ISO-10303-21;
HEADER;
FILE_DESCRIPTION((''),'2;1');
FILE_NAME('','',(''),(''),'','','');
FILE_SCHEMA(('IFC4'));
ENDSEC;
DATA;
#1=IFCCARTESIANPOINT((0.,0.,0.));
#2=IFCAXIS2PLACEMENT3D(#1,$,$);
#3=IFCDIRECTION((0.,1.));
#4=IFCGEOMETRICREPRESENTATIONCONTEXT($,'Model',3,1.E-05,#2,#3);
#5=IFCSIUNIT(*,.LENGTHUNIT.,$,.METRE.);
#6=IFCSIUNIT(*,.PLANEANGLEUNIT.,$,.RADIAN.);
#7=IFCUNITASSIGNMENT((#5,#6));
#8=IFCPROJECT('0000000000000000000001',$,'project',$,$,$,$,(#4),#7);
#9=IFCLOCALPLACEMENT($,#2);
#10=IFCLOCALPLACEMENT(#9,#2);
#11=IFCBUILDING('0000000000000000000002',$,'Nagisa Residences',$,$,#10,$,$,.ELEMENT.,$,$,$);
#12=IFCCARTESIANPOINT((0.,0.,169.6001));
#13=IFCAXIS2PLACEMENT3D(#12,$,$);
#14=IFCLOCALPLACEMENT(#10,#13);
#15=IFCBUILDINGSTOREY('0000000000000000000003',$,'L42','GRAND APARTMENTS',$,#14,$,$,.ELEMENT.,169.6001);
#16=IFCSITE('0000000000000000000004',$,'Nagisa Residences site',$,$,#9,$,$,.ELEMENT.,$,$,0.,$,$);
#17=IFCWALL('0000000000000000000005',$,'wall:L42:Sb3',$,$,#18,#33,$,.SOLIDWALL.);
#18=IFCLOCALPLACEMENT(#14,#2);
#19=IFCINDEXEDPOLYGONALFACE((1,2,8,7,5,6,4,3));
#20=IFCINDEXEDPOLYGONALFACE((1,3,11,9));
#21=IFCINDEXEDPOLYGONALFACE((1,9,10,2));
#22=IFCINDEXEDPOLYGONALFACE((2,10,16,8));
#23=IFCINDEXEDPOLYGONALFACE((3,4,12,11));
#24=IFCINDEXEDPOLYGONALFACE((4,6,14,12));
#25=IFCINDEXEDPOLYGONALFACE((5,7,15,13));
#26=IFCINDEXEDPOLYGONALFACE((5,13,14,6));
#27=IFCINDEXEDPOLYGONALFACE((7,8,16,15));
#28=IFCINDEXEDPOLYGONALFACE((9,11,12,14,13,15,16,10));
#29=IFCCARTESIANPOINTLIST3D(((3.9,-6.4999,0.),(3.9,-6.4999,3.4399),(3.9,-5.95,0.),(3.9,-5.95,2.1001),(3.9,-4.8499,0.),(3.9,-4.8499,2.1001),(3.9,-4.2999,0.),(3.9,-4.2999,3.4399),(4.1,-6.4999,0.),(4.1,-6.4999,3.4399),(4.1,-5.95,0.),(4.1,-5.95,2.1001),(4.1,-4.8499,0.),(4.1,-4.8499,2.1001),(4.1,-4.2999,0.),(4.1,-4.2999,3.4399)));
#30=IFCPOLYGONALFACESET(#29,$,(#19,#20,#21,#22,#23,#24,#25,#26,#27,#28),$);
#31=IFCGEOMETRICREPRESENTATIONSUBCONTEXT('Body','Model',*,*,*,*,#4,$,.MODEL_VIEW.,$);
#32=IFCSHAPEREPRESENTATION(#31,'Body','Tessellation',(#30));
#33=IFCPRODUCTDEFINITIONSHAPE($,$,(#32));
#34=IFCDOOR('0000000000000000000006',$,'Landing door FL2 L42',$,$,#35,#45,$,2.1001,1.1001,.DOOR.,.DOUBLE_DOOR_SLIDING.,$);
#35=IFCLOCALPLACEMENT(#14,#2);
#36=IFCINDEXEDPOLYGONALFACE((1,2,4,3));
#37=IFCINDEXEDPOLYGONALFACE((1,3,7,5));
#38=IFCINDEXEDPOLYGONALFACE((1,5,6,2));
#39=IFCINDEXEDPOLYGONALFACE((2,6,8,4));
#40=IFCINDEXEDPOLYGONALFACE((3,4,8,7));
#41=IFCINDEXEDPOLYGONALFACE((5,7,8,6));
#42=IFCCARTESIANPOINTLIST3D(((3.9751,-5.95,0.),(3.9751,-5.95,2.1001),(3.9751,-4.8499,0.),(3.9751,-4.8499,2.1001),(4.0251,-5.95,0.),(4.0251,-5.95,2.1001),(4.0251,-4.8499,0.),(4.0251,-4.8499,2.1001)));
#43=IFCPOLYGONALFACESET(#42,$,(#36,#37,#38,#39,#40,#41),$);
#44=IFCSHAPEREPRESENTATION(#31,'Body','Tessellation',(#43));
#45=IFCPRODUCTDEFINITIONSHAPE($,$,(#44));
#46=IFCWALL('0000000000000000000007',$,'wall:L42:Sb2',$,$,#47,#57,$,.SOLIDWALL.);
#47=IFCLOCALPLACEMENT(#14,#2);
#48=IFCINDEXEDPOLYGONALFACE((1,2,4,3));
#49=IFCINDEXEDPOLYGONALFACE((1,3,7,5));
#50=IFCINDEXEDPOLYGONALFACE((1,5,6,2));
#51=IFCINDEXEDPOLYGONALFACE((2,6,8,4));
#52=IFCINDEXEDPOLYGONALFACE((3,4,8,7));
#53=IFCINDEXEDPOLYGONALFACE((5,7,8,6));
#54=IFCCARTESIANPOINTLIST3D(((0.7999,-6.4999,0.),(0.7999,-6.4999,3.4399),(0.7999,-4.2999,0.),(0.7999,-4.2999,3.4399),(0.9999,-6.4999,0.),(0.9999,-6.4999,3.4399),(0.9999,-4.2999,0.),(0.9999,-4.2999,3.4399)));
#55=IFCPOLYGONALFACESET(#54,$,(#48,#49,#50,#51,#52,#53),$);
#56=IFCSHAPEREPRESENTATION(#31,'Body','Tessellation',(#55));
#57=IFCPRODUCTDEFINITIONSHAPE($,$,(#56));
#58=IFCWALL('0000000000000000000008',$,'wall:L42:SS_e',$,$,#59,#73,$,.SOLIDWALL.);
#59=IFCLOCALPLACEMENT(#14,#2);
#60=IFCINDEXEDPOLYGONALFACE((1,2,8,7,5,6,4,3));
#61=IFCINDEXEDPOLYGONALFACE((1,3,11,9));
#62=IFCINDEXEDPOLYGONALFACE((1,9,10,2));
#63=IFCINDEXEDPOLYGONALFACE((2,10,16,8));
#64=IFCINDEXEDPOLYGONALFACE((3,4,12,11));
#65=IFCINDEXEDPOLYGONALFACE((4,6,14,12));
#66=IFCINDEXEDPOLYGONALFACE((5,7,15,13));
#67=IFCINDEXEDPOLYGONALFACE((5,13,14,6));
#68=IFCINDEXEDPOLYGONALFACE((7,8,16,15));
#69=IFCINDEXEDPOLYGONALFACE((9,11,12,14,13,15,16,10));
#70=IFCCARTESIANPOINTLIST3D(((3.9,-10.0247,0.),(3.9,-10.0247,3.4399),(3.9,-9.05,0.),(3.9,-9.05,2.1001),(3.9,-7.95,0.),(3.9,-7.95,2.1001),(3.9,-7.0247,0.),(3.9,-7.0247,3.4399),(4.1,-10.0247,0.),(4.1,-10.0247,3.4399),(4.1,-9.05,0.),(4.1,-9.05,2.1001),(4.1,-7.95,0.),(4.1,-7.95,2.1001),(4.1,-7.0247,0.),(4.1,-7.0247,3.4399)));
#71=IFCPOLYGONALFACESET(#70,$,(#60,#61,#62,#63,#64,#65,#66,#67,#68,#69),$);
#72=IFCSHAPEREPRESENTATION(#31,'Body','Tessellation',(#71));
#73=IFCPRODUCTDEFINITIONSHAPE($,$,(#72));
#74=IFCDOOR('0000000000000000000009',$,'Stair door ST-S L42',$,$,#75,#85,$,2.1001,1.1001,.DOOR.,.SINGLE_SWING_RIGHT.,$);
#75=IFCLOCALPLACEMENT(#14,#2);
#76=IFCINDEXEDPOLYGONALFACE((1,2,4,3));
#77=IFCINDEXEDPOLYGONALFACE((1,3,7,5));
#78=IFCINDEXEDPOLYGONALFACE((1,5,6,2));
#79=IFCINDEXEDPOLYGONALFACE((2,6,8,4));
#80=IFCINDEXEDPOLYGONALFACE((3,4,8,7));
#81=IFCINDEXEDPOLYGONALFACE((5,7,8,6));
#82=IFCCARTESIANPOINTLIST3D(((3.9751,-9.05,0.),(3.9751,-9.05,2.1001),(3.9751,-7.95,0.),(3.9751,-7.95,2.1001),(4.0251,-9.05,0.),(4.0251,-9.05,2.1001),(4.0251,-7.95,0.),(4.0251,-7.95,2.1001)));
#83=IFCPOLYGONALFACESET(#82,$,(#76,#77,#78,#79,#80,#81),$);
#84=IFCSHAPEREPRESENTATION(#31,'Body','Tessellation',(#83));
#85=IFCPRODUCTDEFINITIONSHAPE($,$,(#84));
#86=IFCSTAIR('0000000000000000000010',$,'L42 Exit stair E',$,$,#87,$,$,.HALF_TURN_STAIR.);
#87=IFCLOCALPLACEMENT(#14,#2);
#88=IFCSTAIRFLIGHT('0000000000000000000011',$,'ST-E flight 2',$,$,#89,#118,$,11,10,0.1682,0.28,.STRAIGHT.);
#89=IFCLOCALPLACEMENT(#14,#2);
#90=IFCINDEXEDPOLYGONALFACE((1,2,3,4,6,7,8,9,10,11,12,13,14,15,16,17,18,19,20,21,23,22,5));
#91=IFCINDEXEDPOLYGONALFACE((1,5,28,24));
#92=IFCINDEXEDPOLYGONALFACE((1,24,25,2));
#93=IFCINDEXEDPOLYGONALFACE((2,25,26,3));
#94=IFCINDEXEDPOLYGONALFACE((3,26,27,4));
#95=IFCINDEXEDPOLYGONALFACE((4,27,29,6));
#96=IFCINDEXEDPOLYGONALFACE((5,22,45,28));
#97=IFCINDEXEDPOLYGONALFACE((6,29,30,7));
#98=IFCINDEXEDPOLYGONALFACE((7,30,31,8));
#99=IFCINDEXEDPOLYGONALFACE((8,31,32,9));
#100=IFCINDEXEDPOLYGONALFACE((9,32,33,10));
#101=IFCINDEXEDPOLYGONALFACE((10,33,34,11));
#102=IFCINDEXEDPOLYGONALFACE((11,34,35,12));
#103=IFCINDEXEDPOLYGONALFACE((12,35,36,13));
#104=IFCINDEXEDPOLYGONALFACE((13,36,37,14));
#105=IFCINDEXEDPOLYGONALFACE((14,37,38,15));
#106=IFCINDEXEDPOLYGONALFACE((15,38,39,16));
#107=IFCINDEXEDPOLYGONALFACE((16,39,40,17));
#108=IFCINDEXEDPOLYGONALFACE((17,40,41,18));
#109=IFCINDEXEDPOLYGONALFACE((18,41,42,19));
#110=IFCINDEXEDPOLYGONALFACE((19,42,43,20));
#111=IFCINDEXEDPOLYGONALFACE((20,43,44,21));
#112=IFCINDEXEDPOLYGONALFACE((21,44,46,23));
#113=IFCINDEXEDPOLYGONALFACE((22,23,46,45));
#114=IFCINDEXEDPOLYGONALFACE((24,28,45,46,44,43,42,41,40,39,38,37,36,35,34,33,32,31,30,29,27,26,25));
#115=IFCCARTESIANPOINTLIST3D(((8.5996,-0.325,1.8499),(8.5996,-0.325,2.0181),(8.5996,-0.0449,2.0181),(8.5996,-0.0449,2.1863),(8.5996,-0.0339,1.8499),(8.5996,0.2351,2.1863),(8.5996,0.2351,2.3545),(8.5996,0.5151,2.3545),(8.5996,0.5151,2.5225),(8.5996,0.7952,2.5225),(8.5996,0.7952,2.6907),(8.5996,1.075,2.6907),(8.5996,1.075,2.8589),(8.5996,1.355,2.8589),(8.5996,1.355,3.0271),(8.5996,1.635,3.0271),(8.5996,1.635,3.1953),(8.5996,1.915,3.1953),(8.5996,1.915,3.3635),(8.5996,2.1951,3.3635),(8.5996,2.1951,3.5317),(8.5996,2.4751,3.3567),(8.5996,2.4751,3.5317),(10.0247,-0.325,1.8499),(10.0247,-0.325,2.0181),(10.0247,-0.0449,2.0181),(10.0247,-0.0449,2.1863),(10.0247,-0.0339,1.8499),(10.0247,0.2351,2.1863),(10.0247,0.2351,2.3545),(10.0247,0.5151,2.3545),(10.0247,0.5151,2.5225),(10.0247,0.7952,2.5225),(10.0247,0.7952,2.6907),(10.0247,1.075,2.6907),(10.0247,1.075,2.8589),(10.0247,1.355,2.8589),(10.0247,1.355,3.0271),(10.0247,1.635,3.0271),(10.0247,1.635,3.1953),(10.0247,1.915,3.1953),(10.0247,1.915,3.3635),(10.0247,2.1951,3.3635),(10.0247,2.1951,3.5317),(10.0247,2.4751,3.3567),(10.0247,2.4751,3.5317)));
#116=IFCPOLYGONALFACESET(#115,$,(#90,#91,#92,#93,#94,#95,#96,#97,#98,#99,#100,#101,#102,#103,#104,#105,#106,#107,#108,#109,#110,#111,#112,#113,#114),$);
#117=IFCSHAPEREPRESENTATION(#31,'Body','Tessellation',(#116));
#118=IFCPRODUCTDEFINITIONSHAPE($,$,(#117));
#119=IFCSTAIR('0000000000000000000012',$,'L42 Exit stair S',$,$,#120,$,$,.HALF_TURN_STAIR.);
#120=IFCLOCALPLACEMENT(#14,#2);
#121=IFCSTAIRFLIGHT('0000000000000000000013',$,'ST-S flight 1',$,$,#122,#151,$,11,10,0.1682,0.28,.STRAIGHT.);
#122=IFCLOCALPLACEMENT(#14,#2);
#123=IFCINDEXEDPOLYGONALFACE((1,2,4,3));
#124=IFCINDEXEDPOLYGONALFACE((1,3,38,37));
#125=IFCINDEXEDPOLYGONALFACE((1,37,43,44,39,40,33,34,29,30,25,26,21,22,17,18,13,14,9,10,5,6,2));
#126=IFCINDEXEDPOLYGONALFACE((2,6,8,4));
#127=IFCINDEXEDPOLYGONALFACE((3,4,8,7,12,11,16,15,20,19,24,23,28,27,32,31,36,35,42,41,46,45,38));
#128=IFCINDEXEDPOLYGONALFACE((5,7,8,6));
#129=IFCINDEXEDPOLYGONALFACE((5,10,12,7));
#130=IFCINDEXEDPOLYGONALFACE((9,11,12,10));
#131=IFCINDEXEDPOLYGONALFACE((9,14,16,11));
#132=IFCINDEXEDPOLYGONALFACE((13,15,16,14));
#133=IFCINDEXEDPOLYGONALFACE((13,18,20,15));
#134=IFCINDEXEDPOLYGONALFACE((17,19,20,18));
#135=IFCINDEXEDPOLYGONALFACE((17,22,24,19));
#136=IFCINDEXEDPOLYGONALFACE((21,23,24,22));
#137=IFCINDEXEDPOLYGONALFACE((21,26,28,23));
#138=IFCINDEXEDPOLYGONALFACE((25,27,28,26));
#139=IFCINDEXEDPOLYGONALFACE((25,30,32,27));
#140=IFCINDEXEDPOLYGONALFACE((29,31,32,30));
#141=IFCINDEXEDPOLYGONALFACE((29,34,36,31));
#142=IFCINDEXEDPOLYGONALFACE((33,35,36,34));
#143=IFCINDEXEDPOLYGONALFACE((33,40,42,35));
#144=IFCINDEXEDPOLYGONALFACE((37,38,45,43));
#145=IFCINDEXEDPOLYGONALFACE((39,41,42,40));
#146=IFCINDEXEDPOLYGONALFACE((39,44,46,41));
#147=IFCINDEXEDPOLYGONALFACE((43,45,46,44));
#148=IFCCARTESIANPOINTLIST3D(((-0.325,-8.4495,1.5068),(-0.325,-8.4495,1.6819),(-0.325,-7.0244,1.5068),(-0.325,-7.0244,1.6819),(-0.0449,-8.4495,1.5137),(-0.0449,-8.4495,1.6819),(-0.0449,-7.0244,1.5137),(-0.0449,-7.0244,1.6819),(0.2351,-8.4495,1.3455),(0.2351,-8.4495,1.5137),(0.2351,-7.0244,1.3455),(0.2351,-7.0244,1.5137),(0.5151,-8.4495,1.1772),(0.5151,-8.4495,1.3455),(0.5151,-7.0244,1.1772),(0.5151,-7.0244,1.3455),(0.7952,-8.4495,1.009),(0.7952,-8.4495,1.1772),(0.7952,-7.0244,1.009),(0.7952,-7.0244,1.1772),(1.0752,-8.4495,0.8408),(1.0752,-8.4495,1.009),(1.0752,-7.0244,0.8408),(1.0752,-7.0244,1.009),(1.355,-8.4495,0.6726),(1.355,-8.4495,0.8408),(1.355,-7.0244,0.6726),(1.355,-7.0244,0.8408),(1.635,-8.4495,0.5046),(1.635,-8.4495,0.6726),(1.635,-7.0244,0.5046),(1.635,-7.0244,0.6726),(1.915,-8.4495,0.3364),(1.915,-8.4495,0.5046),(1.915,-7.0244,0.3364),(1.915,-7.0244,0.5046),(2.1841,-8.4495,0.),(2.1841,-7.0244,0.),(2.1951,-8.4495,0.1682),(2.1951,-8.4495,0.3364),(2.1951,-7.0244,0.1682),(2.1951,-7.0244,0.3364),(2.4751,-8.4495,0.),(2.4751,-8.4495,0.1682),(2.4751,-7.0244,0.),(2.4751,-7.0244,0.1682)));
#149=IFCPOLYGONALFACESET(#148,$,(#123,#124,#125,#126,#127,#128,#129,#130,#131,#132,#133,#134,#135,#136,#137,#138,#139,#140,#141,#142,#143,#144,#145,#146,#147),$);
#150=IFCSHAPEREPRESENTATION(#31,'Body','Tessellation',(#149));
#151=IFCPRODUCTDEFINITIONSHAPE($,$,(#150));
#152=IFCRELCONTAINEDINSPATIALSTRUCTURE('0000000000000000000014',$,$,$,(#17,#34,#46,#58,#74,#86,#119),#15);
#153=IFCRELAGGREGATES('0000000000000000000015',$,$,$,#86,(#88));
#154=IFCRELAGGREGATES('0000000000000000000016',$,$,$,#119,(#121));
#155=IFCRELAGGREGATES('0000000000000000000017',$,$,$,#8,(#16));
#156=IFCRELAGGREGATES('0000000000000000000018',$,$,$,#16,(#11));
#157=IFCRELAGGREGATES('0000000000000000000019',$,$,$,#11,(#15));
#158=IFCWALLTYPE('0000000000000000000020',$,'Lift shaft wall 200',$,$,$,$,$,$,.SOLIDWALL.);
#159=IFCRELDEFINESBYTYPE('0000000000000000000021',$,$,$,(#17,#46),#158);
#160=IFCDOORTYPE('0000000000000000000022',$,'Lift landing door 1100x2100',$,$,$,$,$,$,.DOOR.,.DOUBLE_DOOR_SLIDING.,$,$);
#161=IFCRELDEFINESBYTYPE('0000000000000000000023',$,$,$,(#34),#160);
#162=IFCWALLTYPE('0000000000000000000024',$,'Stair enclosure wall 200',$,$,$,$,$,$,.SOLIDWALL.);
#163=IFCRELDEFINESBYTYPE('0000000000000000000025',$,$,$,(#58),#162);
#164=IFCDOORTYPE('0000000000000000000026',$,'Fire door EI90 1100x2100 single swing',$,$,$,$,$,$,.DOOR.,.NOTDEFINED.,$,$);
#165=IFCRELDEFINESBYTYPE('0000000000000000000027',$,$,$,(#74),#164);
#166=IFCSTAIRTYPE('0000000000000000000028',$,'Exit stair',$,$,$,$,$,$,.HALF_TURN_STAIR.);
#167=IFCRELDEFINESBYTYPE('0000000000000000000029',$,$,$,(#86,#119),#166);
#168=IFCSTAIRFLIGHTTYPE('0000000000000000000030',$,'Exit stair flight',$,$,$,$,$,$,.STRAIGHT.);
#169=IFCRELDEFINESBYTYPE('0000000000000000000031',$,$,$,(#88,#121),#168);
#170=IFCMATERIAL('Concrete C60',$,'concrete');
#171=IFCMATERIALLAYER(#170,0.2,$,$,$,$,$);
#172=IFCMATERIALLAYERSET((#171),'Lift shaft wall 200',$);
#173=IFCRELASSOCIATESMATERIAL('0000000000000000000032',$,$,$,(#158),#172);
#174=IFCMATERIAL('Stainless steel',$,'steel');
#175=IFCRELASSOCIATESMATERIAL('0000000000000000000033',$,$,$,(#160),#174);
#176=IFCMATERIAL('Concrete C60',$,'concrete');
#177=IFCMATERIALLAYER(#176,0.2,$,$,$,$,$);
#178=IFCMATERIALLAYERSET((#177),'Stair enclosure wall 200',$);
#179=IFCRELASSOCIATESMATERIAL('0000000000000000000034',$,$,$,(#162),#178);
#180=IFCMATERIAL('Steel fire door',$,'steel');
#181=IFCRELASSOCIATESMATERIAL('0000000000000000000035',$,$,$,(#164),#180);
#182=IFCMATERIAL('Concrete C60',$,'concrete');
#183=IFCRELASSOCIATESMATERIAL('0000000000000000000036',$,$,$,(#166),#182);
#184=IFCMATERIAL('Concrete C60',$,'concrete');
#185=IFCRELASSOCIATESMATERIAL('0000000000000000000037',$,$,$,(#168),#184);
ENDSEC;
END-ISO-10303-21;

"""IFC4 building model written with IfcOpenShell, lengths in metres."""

from ifc_helpers import new_model, si_unit, direction, frame, frame_2d, origin, place, context, subcontext, project, spatial, polyline, rectangle, outline, extrude, material, layer, layer_set, type_object, element, fill, aggregate, save


model = new_model("IFC4")

# Units and contexts
model_context = context("Model", 3, precision=1e-05, world=origin(), true_north=direction((0.0, 1.0)))
body_context = subcontext(model_context, "Body", "Model", "MODEL_VIEW")
ifc_project = project(units=[si_unit("LENGTHUNIT", "METRE"), si_unit("PLANEANGLEUNIT", "RADIAN")], contexts=[model_context])

# Site, building, storey
site_placement = place(None, origin())
site = spatial("IfcSite", under=ifc_project, at=site_placement, Name="Nagisa Residences site", CompositionType="ELEMENT", RefElevation=0.0)
building_placement = place(site_placement, origin())
building = spatial("IfcBuilding", under=site, at=building_placement, Name="Nagisa Residences", CompositionType="ELEMENT")
storey_placement = place(building_placement, frame((0.0, 0.0, 169.6001)))
storey = spatial("IfcBuildingStorey", under=building, at=storey_placement, Name="L42", Description="GRAND APARTMENTS", CompositionType="ELEMENT", Elevation=169.6001)

# Wall, opening, door
ifc_material_1 = material(Name="Concrete C60", Category="concrete")
ifc_layer_1 = layer(ifc_material_1, 0.2)
ifc_layer_set_1 = layer_set([ifc_layer_1], Name="Lift shaft wall 200")
wall_type_1 = type_object("IfcWallType", Name="Lift shaft wall 200", PredefinedType="SOLIDWALL", material=ifc_layer_set_1)
wall_1_placement = place(storey_placement, frame((4.0, -6.5, 0.0), z_axis=(0.0, 0.0, 1.0), x_axis=(0.0, 1.0, 0.0)))
wall_1 = element("IfcWall", 1, at=wall_1_placement, inside=storey, type_object=wall_type_1, Name="wall:L42:Sb3", PredefinedType="SOLIDWALL", context=body_context, shape_type="SweptSolid", body=[
    extrude(rectangle(XDim=2.2, YDim=0.2, at=frame_2d((1.1001, 0.0))), origin(), (0.0, 0.0, 1.0), 3.4399),
])
opening_1_placement = place(wall_1_placement, frame((0.55, 0.0, 0.0)))
opening_1 = element("IfcOpeningElement", 2, at=opening_1_placement, cuts=wall_1, PredefinedType="OPENING", context=body_context, shape_type="SweptSolid", body=[
    extrude(rectangle(XDim=1.1001, YDim=2.1001, at=frame_2d((0.55, 1.05))), frame((0.0, 0.1099, 0.0), z_axis=(0.0, -1.0, 0.0), x_axis=(1.0, 0.0, 0.0)), (0.0, 0.0, 1.0), 0.22),
])
ifc_material_2 = material(Name="Stainless steel", Category="steel")
door_type_1 = type_object("IfcDoorType", Name="Lift landing door 1100x2100", OperationType="DOUBLE_DOOR_SLIDING", PredefinedType="DOOR", material=ifc_material_2)
door_1_placement = place(opening_1_placement, origin())
door_1 = element("IfcDoor", 3, at=door_1_placement, inside=storey, type_object=door_type_1, Name="Landing door FL2 L42", OperationType="DOUBLE_DOOR_SLIDING", OverallHeight=2.1001, OverallWidth=1.1001, PredefinedType="DOOR", context=body_context, shape_type="SweptSolid", body=[
    extrude(rectangle(XDim=1.1001, YDim=2.1001, at=frame_2d((0.55, 1.05))), frame((0.0, 0.0249, 0.0), z_axis=(0.0, -1.0, 0.0), x_axis=(1.0, 0.0, 0.0)), (0.0, 0.0, 1.0), 0.05),
])
fill(opening_1, door_1)

# Wall
wall_2_placement = place(storey_placement, frame((0.8999, -6.5, 0.0), z_axis=(0.0, 0.0, 1.0), x_axis=(0.0, 1.0, 0.0)))
element("IfcWall", 4, at=wall_2_placement, inside=storey, type_object=wall_type_1, Name="wall:L42:Sb2", PredefinedType="SOLIDWALL", context=body_context, shape_type="SweptSolid", body=[
    extrude(rectangle(XDim=2.2, YDim=0.2, at=frame_2d((1.1001, 0.0))), origin(), (0.0, 0.0, 1.0), 3.4399),
])

# Wall, opening, door
ifc_material_3 = material(Name="Concrete C60", Category="concrete")
ifc_layer_2 = layer(ifc_material_3, 0.2)
ifc_layer_set_2 = layer_set([ifc_layer_2], Name="Stair enclosure wall 200")
wall_type_2 = type_object("IfcWallType", Name="Stair enclosure wall 200", PredefinedType="SOLIDWALL", material=ifc_layer_set_2)
wall_3_placement = place(storey_placement, frame((4.0, -10.0247, 0.0), z_axis=(0.0, 0.0, 1.0), x_axis=(0.0, 1.0, 0.0)))
wall_3 = element("IfcWall", 5, at=wall_3_placement, inside=storey, type_object=wall_type_2, Name="wall:L42:SS_e", PredefinedType="SOLIDWALL", context=body_context, shape_type="SweptSolid", body=[
    extrude(rectangle(XDim=3.0, YDim=0.2, at=frame_2d((1.5, 0.0))), origin(), (0.0, 0.0, 1.0), 3.4399),
])
opening_2_placement = place(wall_3_placement, frame((0.9746, 0.0, 0.0)))
opening_2 = element("IfcOpeningElement", 6, at=opening_2_placement, cuts=wall_3, PredefinedType="OPENING", context=body_context, shape_type="SweptSolid", body=[
    extrude(rectangle(XDim=1.1001, YDim=2.1001, at=frame_2d((0.55, 1.05))), frame((0.0, 0.1099, 0.0), z_axis=(0.0, -1.0, 0.0), x_axis=(1.0, 0.0, 0.0)), (0.0, 0.0, 1.0), 0.22),
])
ifc_material_4 = material(Name="Steel fire door", Category="steel")
door_type_2 = type_object("IfcDoorType", Name="Fire door EI90 1100x2100 single swing", OperationType="NOTDEFINED", PredefinedType="DOOR", material=ifc_material_4)
door_2_placement = place(opening_2_placement, origin())
door_2 = element("IfcDoor", 7, at=door_2_placement, inside=storey, type_object=door_type_2, Name="Stair door ST-S L42", OperationType="SINGLE_SWING_RIGHT", OverallHeight=2.1001, OverallWidth=1.1001, PredefinedType="DOOR", context=body_context, shape_type="SweptSolid", body=[
    extrude(rectangle(XDim=1.1001, YDim=2.1001, at=frame_2d((0.55, 1.05))), frame((0.0, 0.0249, 0.0), z_axis=(0.0, -1.0, 0.0), x_axis=(1.0, 0.0, 0.0)), (0.0, 0.0, 1.0), 0.05),
])
fill(opening_2, door_2)

# Stairs, stair flights
ifc_material_5 = material(Name="Concrete C60", Category="concrete")
stair_type = type_object("IfcStairType", Name="Exit stair", PredefinedType="HALF_TURN_STAIR", material=ifc_material_5)
stair_1_placement = place(storey_placement, origin())
stair_1 = element("IfcStair", 8, at=stair_1_placement, inside=storey, type_object=stair_type, Name="L42 Exit stair E", PredefinedType="HALF_TURN_STAIR")
ifc_material_6 = material(Name="Concrete C60", Category="concrete")
stair_flight_type = type_object("IfcStairFlightType", Name="Exit stair flight", PredefinedType="STRAIGHT", material=ifc_material_6)
stair_flight_1_placement = place(storey_placement, frame((9.312, -0.325, 1.8499), z_axis=(0.0, 0.0, 1.0), x_axis=(0.0, 1.0, 0.0)))
stair_flight_1 = element("IfcStairFlight", 9, at=stair_flight_1_placement, type_object=stair_flight_type, Name="ST-E flight 2", NumberOfRisers=11, NumberOfTreads=10, PredefinedType="STRAIGHT", RiserHeight=0.1682, TreadLength=0.28, context=body_context, shape_type="SweptSolid", body=[
    extrude(outline(polyline([(0.0, 0.0), (0.0, 0.1682), (0.28, 0.1682), (0.28, 0.3364), (0.5601, 0.3364), (0.5601, 0.5046), (0.8401, 0.5046), (0.8401, 0.6726), (1.1201, 0.6726), (1.1201, 0.8408), (1.3999, 0.8408), (1.3999, 1.009), (1.6799, 1.009), (1.6799, 1.1772), (1.96, 1.1772), (1.96, 1.3455), (2.24, 1.3455), (2.24, 1.5137), (2.52, 1.5137), (2.52, 1.6819), (2.8, 1.6819), (2.8, 1.8501), (2.8, 1.5068), (0.291, 0.0), (0.0, 0.0)])), frame((0.0, 0.7124, 0.0), z_axis=(0.0, -1.0, 0.0), x_axis=(1.0, 0.0, 0.0)), (0.0, 0.0, 1.0), 1.425),
])
aggregate(stair_1, [stair_flight_1])
stair_2_placement = place(storey_placement, origin())
stair_2 = element("IfcStair", 10, at=stair_2_placement, inside=storey, type_object=stair_type, Name="L42 Exit stair S", PredefinedType="HALF_TURN_STAIR")
stair_flight_2_placement = place(storey_placement, frame((2.4751, -7.7371, 0.0), z_axis=(0.0, 0.0, 1.0), x_axis=(-1.0, 0.0, 0.0)))
stair_flight_2 = element("IfcStairFlight", 11, at=stair_flight_2_placement, type_object=stair_flight_type, Name="ST-S flight 1", NumberOfRisers=11, NumberOfTreads=10, PredefinedType="STRAIGHT", RiserHeight=0.1682, TreadLength=0.28, context=body_context, shape_type="SweptSolid", body=[
    extrude(outline(polyline([(0.0, 0.0), (0.0, 0.1682), (0.28, 0.1682), (0.28, 0.3364), (0.5601, 0.3364), (0.5601, 0.5046), (0.8401, 0.5046), (0.8401, 0.6726), (1.1201, 0.6726), (1.1201, 0.8408), (1.3999, 0.8408), (1.3999, 1.009), (1.6799, 1.009), (1.6799, 1.1772), (1.96, 1.1772), (1.96, 1.3455), (2.24, 1.3455), (2.24, 1.5137), (2.52, 1.5137), (2.52, 1.6819), (2.8, 1.6819), (2.8, 1.8501), (2.8, 1.5068), (0.291, 0.0), (0.0, 0.0)])), frame((0.0, 0.7124, 0.0), z_axis=(0.0, -1.0, 0.0), x_axis=(1.0, 0.0, 0.0)), (0.0, 0.0, 1.0), 1.425),
])
aggregate(stair_2, [stair_flight_2])

save(model, "model.ifc")
